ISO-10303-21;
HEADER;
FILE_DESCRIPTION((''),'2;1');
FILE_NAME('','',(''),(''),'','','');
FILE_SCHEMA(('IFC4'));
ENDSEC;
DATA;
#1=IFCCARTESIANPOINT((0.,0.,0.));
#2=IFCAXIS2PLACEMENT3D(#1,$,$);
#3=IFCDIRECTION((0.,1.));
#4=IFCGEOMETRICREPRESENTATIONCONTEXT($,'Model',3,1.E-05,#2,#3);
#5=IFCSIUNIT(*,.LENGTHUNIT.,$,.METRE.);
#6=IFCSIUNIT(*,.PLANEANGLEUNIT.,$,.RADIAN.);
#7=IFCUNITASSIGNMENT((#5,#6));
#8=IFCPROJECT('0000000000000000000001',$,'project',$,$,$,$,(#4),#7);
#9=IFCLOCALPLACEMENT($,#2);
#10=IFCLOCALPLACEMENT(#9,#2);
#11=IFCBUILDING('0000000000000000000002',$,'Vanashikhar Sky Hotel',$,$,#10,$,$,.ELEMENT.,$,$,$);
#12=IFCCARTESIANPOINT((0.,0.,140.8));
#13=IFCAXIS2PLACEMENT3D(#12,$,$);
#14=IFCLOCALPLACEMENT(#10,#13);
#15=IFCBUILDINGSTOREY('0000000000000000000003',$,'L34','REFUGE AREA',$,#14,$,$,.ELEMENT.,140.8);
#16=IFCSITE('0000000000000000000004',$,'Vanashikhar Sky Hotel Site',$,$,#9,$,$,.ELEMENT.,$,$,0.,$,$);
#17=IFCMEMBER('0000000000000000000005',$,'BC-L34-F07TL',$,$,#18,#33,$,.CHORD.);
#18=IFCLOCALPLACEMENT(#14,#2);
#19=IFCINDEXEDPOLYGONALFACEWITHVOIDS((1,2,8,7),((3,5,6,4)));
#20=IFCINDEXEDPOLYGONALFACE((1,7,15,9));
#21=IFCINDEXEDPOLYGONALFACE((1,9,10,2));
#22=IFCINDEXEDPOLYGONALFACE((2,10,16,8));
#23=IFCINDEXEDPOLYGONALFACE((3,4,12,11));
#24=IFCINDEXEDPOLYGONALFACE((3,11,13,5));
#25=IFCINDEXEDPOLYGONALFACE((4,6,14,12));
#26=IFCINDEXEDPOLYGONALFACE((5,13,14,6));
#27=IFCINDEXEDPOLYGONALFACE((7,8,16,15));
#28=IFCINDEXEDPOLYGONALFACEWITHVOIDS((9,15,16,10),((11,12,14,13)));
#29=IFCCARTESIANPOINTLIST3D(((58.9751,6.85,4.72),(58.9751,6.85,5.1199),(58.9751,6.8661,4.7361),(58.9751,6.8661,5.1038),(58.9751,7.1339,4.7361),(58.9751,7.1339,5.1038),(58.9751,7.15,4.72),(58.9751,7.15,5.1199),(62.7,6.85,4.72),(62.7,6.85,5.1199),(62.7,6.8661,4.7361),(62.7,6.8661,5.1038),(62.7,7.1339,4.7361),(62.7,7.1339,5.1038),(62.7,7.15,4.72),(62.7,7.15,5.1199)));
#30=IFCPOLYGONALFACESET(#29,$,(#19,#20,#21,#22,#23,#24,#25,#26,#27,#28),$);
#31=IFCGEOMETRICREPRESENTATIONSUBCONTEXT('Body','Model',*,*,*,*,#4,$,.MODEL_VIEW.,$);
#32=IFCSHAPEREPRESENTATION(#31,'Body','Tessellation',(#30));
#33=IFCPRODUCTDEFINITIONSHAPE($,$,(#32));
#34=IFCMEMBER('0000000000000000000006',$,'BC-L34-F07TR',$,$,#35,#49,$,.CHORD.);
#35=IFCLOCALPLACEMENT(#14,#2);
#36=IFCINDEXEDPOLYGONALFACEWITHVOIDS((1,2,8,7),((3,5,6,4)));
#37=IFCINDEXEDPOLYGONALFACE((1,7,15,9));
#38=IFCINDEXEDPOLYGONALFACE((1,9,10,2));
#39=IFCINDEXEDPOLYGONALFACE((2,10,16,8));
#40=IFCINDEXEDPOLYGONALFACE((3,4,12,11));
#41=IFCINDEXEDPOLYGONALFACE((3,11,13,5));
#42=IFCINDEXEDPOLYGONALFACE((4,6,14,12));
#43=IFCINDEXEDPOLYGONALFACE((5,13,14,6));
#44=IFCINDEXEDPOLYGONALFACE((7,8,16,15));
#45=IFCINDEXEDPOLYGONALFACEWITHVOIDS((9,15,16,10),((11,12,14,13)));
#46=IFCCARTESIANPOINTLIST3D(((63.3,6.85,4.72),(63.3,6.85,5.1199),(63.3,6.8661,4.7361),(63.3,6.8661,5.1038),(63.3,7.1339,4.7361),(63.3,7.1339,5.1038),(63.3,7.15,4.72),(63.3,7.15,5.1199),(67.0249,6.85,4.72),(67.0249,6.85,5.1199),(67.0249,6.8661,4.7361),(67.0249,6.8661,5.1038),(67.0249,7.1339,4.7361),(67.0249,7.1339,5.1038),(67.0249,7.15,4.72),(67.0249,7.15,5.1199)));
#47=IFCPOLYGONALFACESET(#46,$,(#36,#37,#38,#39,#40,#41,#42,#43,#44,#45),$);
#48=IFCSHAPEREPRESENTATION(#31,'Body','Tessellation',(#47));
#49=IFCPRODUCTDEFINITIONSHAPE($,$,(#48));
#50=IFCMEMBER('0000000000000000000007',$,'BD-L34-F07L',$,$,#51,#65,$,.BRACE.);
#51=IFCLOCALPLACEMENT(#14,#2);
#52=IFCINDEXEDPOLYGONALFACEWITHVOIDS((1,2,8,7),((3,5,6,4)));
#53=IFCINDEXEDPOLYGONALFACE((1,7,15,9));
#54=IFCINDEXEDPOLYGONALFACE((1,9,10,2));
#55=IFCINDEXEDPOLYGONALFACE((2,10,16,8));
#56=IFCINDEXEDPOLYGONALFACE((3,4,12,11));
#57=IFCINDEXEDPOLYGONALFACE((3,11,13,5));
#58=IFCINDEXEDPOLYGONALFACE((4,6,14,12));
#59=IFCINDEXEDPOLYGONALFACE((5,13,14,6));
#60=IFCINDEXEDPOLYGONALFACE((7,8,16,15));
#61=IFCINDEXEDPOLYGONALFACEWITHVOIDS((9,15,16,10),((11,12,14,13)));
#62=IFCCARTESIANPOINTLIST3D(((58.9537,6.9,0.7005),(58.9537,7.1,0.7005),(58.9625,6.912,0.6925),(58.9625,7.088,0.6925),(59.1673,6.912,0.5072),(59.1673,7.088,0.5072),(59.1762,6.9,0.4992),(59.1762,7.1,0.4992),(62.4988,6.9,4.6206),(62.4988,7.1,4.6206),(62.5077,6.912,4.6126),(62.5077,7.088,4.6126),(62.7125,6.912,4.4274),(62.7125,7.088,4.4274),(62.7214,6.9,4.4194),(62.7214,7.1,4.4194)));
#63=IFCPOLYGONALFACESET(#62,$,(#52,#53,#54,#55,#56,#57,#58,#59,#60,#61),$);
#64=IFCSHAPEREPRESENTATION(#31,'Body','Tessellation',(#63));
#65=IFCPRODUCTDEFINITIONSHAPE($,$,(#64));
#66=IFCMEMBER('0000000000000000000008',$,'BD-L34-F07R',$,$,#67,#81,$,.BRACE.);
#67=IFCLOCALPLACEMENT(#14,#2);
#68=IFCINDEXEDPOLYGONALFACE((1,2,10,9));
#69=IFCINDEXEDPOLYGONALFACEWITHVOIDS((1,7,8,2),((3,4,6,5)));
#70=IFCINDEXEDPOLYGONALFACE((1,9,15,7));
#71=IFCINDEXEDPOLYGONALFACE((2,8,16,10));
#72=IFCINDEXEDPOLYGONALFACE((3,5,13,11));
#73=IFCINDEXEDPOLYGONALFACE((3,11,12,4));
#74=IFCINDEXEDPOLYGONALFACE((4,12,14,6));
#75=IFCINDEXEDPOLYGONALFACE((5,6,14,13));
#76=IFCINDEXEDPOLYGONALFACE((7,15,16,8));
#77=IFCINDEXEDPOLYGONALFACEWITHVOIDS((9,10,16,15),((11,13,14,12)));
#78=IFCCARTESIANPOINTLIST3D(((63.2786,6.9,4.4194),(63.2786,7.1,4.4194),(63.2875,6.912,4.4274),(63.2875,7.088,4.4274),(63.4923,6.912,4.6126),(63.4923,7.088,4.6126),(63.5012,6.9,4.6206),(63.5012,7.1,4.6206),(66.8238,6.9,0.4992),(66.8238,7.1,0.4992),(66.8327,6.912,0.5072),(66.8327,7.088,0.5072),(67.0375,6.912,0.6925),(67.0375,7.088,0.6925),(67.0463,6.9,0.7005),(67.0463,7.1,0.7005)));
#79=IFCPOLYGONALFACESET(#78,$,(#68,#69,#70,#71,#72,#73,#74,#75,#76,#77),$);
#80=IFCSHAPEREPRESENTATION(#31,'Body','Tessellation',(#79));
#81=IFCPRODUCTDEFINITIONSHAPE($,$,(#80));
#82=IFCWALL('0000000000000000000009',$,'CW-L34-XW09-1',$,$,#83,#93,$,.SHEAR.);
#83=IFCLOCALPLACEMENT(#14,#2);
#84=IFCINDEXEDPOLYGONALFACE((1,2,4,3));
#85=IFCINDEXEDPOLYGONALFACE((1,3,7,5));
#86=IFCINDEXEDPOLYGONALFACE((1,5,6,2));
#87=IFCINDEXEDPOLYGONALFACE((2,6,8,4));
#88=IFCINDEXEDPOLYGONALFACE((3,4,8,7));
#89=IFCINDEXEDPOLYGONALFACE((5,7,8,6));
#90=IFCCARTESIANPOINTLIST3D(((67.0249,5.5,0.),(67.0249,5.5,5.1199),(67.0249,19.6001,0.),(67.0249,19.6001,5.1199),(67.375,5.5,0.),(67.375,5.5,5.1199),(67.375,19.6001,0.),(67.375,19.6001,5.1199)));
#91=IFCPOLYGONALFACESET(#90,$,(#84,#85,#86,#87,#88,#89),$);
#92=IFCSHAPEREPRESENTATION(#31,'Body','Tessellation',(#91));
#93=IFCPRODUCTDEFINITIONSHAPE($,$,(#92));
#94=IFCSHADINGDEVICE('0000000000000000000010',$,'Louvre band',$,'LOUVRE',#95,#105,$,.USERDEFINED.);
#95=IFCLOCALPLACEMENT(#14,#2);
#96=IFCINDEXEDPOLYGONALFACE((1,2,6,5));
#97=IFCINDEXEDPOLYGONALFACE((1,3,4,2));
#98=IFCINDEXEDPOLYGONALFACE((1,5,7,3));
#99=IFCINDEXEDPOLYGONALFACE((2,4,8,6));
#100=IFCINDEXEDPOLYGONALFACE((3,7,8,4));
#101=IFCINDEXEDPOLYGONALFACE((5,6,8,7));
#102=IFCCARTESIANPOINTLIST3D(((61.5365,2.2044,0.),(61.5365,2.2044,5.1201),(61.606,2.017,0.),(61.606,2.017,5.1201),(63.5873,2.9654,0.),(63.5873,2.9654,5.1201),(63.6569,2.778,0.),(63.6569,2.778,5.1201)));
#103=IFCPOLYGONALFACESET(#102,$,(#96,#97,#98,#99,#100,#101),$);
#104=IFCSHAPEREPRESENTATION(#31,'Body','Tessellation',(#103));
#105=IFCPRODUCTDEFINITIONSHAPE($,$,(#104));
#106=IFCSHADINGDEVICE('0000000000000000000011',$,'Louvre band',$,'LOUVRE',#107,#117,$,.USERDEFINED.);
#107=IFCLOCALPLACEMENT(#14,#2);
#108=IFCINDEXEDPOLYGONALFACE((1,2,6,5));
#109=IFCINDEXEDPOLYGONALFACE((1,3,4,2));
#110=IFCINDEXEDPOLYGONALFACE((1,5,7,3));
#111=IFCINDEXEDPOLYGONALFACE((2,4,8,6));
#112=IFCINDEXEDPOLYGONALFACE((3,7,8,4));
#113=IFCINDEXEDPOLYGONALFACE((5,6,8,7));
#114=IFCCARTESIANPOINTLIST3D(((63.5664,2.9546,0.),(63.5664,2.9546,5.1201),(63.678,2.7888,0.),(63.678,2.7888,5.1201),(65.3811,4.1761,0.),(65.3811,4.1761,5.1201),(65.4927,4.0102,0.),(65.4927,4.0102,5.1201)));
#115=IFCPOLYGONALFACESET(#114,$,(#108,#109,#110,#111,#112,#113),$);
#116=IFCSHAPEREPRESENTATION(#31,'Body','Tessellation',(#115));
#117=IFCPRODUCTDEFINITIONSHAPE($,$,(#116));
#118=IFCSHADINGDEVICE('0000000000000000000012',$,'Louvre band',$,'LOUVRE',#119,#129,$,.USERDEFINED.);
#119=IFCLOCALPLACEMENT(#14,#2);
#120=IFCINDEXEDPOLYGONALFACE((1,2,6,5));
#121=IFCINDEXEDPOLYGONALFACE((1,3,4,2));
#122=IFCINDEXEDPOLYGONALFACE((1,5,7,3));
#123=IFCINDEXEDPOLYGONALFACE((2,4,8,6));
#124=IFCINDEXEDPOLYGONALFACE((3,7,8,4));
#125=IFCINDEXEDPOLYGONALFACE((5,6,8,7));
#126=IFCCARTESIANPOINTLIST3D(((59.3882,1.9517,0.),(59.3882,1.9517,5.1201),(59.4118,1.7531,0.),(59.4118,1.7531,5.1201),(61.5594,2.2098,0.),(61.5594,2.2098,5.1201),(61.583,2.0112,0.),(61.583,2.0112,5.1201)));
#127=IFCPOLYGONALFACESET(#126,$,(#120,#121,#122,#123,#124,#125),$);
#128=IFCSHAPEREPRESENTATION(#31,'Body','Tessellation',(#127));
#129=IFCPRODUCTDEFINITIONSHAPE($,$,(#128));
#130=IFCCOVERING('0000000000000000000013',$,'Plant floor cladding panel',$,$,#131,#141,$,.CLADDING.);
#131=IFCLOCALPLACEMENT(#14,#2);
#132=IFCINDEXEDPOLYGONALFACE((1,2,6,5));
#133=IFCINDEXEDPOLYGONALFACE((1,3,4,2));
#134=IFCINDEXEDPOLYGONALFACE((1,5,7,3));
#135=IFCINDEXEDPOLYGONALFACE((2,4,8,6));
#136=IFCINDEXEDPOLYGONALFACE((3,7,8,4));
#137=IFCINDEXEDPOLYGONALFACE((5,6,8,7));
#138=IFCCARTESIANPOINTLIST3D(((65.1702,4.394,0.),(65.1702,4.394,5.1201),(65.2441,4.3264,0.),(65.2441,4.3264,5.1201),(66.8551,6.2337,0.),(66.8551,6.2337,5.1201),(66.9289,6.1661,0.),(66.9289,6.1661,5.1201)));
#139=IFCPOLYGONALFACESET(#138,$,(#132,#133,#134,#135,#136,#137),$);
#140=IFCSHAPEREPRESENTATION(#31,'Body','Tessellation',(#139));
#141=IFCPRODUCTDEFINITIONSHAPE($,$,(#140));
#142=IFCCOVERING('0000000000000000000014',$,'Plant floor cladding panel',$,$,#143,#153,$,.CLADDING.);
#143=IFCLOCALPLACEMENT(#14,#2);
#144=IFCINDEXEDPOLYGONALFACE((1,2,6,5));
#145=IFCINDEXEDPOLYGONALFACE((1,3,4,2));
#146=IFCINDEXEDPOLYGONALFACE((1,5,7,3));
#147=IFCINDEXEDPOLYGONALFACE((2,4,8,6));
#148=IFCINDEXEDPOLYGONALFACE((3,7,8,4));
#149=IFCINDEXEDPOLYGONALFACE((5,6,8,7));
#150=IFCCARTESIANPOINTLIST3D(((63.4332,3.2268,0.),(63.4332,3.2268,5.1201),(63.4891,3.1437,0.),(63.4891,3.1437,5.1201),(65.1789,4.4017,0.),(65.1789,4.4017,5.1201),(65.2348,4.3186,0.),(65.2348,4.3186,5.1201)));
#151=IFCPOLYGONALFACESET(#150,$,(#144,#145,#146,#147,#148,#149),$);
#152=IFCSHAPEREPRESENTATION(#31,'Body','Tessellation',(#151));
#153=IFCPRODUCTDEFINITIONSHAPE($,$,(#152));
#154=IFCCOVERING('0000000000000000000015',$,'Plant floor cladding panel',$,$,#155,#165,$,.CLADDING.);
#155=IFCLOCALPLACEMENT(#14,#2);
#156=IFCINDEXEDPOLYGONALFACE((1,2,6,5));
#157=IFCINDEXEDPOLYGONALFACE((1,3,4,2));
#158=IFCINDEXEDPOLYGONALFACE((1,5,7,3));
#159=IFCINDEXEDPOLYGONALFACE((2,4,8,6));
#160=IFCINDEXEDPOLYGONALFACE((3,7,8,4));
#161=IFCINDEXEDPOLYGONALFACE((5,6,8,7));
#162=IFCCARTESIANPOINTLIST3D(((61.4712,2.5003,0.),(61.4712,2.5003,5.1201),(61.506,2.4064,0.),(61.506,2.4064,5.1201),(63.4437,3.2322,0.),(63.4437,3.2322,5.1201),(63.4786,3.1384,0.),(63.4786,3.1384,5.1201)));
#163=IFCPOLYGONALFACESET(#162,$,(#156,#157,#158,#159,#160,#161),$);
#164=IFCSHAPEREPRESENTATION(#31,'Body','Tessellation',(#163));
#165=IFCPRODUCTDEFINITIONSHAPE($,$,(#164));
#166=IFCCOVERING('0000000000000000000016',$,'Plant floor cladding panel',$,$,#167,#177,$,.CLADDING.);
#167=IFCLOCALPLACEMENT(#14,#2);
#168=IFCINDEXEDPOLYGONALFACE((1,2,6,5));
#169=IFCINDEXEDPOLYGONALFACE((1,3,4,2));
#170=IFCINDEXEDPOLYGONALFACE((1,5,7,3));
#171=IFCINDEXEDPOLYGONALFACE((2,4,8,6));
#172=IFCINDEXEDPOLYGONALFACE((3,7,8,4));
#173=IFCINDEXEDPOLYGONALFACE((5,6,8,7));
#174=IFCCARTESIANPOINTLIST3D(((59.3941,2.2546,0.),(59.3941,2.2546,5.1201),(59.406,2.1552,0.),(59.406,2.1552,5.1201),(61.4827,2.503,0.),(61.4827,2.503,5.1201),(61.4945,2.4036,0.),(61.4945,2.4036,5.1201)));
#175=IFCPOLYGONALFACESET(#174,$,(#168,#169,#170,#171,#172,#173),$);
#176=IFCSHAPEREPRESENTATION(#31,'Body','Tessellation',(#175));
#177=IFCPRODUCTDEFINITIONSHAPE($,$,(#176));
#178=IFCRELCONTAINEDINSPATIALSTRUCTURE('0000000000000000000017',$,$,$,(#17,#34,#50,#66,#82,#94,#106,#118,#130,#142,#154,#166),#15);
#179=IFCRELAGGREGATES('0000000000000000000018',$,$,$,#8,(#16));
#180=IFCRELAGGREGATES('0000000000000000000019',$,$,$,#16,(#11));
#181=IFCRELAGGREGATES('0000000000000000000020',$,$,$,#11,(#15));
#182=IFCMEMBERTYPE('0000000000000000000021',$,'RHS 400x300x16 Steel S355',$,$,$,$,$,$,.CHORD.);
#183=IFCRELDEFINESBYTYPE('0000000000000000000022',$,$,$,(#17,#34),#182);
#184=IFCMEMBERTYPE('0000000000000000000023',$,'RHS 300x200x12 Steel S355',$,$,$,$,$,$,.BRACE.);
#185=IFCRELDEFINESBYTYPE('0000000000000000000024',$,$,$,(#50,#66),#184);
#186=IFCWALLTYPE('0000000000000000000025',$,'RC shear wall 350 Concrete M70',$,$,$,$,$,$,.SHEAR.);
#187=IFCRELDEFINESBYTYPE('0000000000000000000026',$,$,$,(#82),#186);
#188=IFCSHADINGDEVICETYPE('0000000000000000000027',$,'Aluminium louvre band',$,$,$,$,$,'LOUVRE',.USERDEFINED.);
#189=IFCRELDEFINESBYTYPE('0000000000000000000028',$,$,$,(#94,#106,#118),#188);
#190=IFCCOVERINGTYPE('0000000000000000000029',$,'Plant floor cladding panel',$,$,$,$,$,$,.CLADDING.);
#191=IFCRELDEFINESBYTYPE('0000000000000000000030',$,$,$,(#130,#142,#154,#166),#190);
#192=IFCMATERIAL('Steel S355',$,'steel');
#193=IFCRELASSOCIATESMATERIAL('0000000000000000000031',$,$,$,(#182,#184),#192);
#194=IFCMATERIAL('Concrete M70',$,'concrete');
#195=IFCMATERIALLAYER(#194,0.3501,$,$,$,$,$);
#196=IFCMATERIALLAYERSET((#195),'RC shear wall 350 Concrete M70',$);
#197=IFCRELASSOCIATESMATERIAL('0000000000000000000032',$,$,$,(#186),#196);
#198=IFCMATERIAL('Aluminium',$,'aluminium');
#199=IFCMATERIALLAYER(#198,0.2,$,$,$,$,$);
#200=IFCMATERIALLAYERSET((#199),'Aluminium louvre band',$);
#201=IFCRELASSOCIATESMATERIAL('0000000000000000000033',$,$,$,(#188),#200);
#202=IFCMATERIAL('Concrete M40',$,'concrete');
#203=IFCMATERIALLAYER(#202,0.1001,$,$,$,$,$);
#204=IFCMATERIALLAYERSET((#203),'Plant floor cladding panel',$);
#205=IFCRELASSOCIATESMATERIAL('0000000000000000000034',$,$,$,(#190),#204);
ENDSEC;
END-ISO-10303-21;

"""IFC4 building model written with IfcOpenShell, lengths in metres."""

from ifc_helpers import new_model, si_unit, direction, frame, frame_2d, origin, origin_2d, place, context, subcontext, project, spatial, rectangle, hollow_rectangle, extrude, source, transform, mapped, material, layer, layer_set, material_profile, profile_set, type_object, element, save


model = new_model("IFC4")

# Units and contexts
model_context = context("Model", 3, precision=1e-05, world=origin(), true_north=direction((0.0, 1.0)))
body_context = subcontext(model_context, "Body", "Model", "MODEL_VIEW")
ifc_project = project(units=[si_unit("LENGTHUNIT", "METRE"), si_unit("PLANEANGLEUNIT", "RADIAN")], contexts=[model_context])

# Site, building, storey
site_placement = place(None, origin())
site = spatial("IfcSite", under=ifc_project, at=site_placement, Name="Vanashikhar Sky Hotel Site", CompositionType="ELEMENT", RefElevation=0.0)
building_placement = place(site_placement, origin())
building = spatial("IfcBuilding", under=site, at=building_placement, Name="Vanashikhar Sky Hotel", CompositionType="ELEMENT")
storey_placement = place(building_placement, frame((0.0, 0.0, 140.8)))
storey = spatial("IfcBuildingStorey", under=building, at=storey_placement, Name="L34", Description="REFUGE AREA", CompositionType="ELEMENT", Elevation=140.8)

# Shared definitions
ifc_material_1 = material(Name="Steel S355", Category="steel")
ifc_material_profile_1 = material_profile(ifc_material_1, hollow_rectangle(XDim=0.3, YDim=0.3999, WallThickness=0.0161, at=origin_2d()))
ifc_profile_set_1 = profile_set([ifc_material_profile_1], Name="RHS 400x300x16 Steel S355")
member_type_1 = type_object("IfcMemberType", Name="RHS 400x300x16 Steel S355", PredefinedType="CHORD", material=ifc_profile_set_1)
ifc_material_profile_2 = material_profile(ifc_material_1, hollow_rectangle(XDim=0.2, YDim=0.3, WallThickness=0.012, at=origin_2d()))
ifc_profile_set_2 = profile_set([ifc_material_profile_2], Name="RHS 300x200x12 Steel S355")
member_type_2 = type_object("IfcMemberType", Name="RHS 300x200x12 Steel S355", PredefinedType="BRACE", material=ifc_profile_set_2)

# Members
shared_shape_1 = source(origin(), body_context, "Body", "SweptSolid", [
    extrude(hollow_rectangle(XDim=0.3, YDim=0.3999, WallThickness=0.0161, at=origin_2d()), origin(), (0.0, 0.0, 1.0), 3.7249),
])
for number, where, z_axis, x_axis, name in (
    (1, (58.9751, 7.0, 4.9199), (1.0, 0.0, 0.0), (0.0, 1.0, 0.0), "BC-L34-F07TL"),
    (2, (63.3, 7.0, 4.9199), (1.0, 0.0, 0.0), (0.0, 1.0, 0.0), "BC-L34-F07TR"),
):
    element("IfcMember", number, at=place(storey_placement, frame(where, z_axis=z_axis, x_axis=x_axis)), inside=storey, type_object=member_type_1, Name=name, PredefinedType="CHORD", context=body_context, shape_type="MappedRepresentation", body=[
        mapped(shared_shape_1, transform((0.0, 0.0, 0.0), scale=1.0)),
    ])
shared_shape_2 = source(origin(), body_context, "Body", "SweptSolid", [
    extrude(hollow_rectangle(XDim=0.2, YDim=0.3, WallThickness=0.012, at=origin_2d()), origin(), (0.0, 0.0, 1.0), 5.2854),
])
for number, where, z_axis, x_axis, name in (
    (3, (59.0649, 7.0, 0.5999), (0.670742, 0.0, 0.741691), (0.0, 1.0, 0.0), "BD-L34-F07L"),
    (4, (66.9351, 7.0, 0.5999), (-0.670742, 0.0, 0.741691), (0.0, -1.0, 0.0), "BD-L34-F07R"),
):
    element("IfcMember", number, at=place(storey_placement, frame(where, z_axis=z_axis, x_axis=x_axis)), inside=storey, type_object=member_type_2, Name=name, PredefinedType="BRACE", context=body_context, shape_type="MappedRepresentation", body=[
        mapped(shared_shape_2, transform((0.0, 0.0, 0.0), scale=1.0)),
    ])

# Wall
ifc_material_2 = material(Name="Concrete M70", Category="concrete")
ifc_layer_1 = layer(ifc_material_2, 0.3501)
ifc_layer_set_1 = layer_set([ifc_layer_1], Name="RC shear wall 350 Concrete M70")
wall_type = type_object("IfcWallType", Name="RC shear wall 350 Concrete M70", PredefinedType="SHEAR", material=ifc_layer_set_1)
shared_shape_3 = source(origin(), body_context, "Body", "SweptSolid", [
    extrude(rectangle(XDim=14.1001, YDim=0.3501, at=frame_2d((7.05, 0.0))), origin(), (0.0, 0.0, 1.0), 5.1199),
])
wall_placement = place(storey_placement, frame((67.2, 5.5, 0.0), z_axis=(0.0, 0.0, 1.0), x_axis=(0.0, 1.0, 0.0)))
element("IfcWall", 5, at=wall_placement, inside=storey, type_object=wall_type, Name="CW-L34-XW09-1", PredefinedType="SHEAR", context=body_context, shape_type="MappedRepresentation", body=[
    mapped(shared_shape_3, transform((0.0, 0.0, 0.0), scale=1.0)),
])

# Shading devices
ifc_material_3 = material(Name="Aluminium", Category="aluminium")
ifc_layer_2 = layer(ifc_material_3, 0.2)
ifc_layer_set_2 = layer_set([ifc_layer_2], Name="Aluminium louvre band")
shading_device_type = type_object("IfcShadingDeviceType", Name="Aluminium louvre band", ElementType="LOUVRE", PredefinedType="USERDEFINED", material=ifc_layer_set_2)
shared_shape_4 = source(origin(), body_context, "Body", "SweptSolid", [
    extrude(rectangle(XDim=2.1875, YDim=0.2, at=origin_2d()), origin(), (0.0, 0.0, 1.0), 5.1201),
])
for number, where, z_axis, x_axis, name in (
    (6, (62.5967, 2.4912, 0.0), (0.0, 0.0, 1.0), (0.937537, 0.347885, 0.0), "Louvre band"),
    (7, (64.5295, 3.4824, 0.0), (0.0, 0.0, 1.0), (0.829584, 0.558382, 0.0), "Louvre band"),
):
    element("IfcShadingDevice", number, at=place(storey_placement, frame(where, z_axis=z_axis, x_axis=x_axis)), inside=storey, type_object=shading_device_type, Name=name, ObjectType="LOUVRE", PredefinedType="USERDEFINED", context=body_context, shape_type="MappedRepresentation", body=[
        mapped(shared_shape_4, transform((0.0, 0.0, 0.0), scale=1.0)),
    ])
shared_shape_5 = source(origin(), body_context, "Body", "SweptSolid", [
    extrude(rectangle(XDim=2.1865, YDim=0.2, at=origin_2d()), origin(), (0.0, 0.0, 1.0), 5.1201),
])
shading_device_1_placement = place(storey_placement, frame((60.4856, 1.9814, 0.0), z_axis=(0.0, 0.0, 1.0), x_axis=(0.993009, 0.11804, 0.0)))
element("IfcShadingDevice", 8, at=shading_device_1_placement, inside=storey, type_object=shading_device_type, Name="Louvre band", ObjectType="LOUVRE", PredefinedType="USERDEFINED", context=body_context, shape_type="MappedRepresentation", body=[
    mapped(shared_shape_5, transform((0.0, 0.0, 0.0), scale=1.0)),
])

# Coverings
ifc_material_4 = material(Name="Concrete M40", Category="concrete")
ifc_layer_3 = layer(ifc_material_4, 0.1001)
ifc_layer_set_3 = layer_set([ifc_layer_3], Name="Plant floor cladding panel")
covering_type_1 = type_object("IfcCoveringType", Name="Plant floor cladding panel", PredefinedType="CLADDING", material=ifc_layer_set_3)
shared_shape_6 = source(origin(), body_context, "Body", "SweptSolid", [
    extrude(rectangle(XDim=2.4946, YDim=0.1001, at=origin_2d()), origin(), (0.0, 0.0, 1.0), 5.1201),
])
covering_1_placement = place(storey_placement, frame((66.0496, 5.28, 0.0), z_axis=(0.0, 0.0, 1.0), x_axis=(0.675384, 0.737466, 0.0)))
element("IfcCovering", 9, at=covering_1_placement, inside=storey, type_object=covering_type_1, Name="Plant floor cladding panel", PredefinedType="CLADDING", context=body_context, shape_type="MappedRepresentation", body=[
    mapped(shared_shape_6, transform((0.0, 0.0, 0.0), scale=1.0)),
])
shared_shape_7 = source(origin(), body_context, "Body", "SweptSolid", [
    extrude(rectangle(XDim=2.1042, YDim=0.1001, at=origin_2d()), origin(), (0.0, 0.0, 1.0), 5.1201),
])
covering_2_placement = place(storey_placement, frame((64.334, 3.7727, 0.0), z_axis=(0.0, 0.0, 1.0), x_axis=(0.829603, 0.558353, 0.0)))
element("IfcCovering", 10, at=covering_2_placement, inside=storey, type_object=covering_type_1, Name="Plant floor cladding panel", PredefinedType="CLADDING", context=body_context, shape_type="MappedRepresentation", body=[
    mapped(shared_shape_7, transform((0.0, 0.0, 0.0), scale=1.0)),
])
shared_shape_8 = source(origin(), body_context, "Body", "SweptSolid", [
    extrude(rectangle(XDim=2.104, YDim=0.1001, at=origin_2d()), origin(), (0.0, 0.0, 1.0), 5.1201),
])
covering_3_placement = place(storey_placement, frame((62.4749, 2.8193, 0.0), z_axis=(0.0, 0.0, 1.0), x_axis=(0.937537, 0.347885, 0.0)))
element("IfcCovering", 11, at=covering_3_placement, inside=storey, type_object=covering_type_1, Name="Plant floor cladding panel", PredefinedType="CLADDING", context=body_context, shape_type="MappedRepresentation", body=[
    mapped(shared_shape_8, transform((0.0, 0.0, 0.0), scale=1.0)),
])
shared_shape_9 = source(origin(), body_context, "Body", "SweptSolid", [
    extrude(rectangle(XDim=2.1033, YDim=0.1001, at=origin_2d()), origin(), (0.0, 0.0, 1.0), 5.1201),
])
covering_4_placement = place(storey_placement, frame((60.4443, 2.3291, 0.0), z_axis=(0.0, 0.0, 1.0), x_axis=(0.993003, 0.118092, 0.0)))
element("IfcCovering", 12, at=covering_4_placement, inside=storey, type_object=covering_type_1, Name="Plant floor cladding panel", PredefinedType="CLADDING", context=body_context, shape_type="MappedRepresentation", body=[
    mapped(shared_shape_9, transform((0.0, 0.0, 0.0), scale=1.0)),
])

save(model, "model.ifc")
